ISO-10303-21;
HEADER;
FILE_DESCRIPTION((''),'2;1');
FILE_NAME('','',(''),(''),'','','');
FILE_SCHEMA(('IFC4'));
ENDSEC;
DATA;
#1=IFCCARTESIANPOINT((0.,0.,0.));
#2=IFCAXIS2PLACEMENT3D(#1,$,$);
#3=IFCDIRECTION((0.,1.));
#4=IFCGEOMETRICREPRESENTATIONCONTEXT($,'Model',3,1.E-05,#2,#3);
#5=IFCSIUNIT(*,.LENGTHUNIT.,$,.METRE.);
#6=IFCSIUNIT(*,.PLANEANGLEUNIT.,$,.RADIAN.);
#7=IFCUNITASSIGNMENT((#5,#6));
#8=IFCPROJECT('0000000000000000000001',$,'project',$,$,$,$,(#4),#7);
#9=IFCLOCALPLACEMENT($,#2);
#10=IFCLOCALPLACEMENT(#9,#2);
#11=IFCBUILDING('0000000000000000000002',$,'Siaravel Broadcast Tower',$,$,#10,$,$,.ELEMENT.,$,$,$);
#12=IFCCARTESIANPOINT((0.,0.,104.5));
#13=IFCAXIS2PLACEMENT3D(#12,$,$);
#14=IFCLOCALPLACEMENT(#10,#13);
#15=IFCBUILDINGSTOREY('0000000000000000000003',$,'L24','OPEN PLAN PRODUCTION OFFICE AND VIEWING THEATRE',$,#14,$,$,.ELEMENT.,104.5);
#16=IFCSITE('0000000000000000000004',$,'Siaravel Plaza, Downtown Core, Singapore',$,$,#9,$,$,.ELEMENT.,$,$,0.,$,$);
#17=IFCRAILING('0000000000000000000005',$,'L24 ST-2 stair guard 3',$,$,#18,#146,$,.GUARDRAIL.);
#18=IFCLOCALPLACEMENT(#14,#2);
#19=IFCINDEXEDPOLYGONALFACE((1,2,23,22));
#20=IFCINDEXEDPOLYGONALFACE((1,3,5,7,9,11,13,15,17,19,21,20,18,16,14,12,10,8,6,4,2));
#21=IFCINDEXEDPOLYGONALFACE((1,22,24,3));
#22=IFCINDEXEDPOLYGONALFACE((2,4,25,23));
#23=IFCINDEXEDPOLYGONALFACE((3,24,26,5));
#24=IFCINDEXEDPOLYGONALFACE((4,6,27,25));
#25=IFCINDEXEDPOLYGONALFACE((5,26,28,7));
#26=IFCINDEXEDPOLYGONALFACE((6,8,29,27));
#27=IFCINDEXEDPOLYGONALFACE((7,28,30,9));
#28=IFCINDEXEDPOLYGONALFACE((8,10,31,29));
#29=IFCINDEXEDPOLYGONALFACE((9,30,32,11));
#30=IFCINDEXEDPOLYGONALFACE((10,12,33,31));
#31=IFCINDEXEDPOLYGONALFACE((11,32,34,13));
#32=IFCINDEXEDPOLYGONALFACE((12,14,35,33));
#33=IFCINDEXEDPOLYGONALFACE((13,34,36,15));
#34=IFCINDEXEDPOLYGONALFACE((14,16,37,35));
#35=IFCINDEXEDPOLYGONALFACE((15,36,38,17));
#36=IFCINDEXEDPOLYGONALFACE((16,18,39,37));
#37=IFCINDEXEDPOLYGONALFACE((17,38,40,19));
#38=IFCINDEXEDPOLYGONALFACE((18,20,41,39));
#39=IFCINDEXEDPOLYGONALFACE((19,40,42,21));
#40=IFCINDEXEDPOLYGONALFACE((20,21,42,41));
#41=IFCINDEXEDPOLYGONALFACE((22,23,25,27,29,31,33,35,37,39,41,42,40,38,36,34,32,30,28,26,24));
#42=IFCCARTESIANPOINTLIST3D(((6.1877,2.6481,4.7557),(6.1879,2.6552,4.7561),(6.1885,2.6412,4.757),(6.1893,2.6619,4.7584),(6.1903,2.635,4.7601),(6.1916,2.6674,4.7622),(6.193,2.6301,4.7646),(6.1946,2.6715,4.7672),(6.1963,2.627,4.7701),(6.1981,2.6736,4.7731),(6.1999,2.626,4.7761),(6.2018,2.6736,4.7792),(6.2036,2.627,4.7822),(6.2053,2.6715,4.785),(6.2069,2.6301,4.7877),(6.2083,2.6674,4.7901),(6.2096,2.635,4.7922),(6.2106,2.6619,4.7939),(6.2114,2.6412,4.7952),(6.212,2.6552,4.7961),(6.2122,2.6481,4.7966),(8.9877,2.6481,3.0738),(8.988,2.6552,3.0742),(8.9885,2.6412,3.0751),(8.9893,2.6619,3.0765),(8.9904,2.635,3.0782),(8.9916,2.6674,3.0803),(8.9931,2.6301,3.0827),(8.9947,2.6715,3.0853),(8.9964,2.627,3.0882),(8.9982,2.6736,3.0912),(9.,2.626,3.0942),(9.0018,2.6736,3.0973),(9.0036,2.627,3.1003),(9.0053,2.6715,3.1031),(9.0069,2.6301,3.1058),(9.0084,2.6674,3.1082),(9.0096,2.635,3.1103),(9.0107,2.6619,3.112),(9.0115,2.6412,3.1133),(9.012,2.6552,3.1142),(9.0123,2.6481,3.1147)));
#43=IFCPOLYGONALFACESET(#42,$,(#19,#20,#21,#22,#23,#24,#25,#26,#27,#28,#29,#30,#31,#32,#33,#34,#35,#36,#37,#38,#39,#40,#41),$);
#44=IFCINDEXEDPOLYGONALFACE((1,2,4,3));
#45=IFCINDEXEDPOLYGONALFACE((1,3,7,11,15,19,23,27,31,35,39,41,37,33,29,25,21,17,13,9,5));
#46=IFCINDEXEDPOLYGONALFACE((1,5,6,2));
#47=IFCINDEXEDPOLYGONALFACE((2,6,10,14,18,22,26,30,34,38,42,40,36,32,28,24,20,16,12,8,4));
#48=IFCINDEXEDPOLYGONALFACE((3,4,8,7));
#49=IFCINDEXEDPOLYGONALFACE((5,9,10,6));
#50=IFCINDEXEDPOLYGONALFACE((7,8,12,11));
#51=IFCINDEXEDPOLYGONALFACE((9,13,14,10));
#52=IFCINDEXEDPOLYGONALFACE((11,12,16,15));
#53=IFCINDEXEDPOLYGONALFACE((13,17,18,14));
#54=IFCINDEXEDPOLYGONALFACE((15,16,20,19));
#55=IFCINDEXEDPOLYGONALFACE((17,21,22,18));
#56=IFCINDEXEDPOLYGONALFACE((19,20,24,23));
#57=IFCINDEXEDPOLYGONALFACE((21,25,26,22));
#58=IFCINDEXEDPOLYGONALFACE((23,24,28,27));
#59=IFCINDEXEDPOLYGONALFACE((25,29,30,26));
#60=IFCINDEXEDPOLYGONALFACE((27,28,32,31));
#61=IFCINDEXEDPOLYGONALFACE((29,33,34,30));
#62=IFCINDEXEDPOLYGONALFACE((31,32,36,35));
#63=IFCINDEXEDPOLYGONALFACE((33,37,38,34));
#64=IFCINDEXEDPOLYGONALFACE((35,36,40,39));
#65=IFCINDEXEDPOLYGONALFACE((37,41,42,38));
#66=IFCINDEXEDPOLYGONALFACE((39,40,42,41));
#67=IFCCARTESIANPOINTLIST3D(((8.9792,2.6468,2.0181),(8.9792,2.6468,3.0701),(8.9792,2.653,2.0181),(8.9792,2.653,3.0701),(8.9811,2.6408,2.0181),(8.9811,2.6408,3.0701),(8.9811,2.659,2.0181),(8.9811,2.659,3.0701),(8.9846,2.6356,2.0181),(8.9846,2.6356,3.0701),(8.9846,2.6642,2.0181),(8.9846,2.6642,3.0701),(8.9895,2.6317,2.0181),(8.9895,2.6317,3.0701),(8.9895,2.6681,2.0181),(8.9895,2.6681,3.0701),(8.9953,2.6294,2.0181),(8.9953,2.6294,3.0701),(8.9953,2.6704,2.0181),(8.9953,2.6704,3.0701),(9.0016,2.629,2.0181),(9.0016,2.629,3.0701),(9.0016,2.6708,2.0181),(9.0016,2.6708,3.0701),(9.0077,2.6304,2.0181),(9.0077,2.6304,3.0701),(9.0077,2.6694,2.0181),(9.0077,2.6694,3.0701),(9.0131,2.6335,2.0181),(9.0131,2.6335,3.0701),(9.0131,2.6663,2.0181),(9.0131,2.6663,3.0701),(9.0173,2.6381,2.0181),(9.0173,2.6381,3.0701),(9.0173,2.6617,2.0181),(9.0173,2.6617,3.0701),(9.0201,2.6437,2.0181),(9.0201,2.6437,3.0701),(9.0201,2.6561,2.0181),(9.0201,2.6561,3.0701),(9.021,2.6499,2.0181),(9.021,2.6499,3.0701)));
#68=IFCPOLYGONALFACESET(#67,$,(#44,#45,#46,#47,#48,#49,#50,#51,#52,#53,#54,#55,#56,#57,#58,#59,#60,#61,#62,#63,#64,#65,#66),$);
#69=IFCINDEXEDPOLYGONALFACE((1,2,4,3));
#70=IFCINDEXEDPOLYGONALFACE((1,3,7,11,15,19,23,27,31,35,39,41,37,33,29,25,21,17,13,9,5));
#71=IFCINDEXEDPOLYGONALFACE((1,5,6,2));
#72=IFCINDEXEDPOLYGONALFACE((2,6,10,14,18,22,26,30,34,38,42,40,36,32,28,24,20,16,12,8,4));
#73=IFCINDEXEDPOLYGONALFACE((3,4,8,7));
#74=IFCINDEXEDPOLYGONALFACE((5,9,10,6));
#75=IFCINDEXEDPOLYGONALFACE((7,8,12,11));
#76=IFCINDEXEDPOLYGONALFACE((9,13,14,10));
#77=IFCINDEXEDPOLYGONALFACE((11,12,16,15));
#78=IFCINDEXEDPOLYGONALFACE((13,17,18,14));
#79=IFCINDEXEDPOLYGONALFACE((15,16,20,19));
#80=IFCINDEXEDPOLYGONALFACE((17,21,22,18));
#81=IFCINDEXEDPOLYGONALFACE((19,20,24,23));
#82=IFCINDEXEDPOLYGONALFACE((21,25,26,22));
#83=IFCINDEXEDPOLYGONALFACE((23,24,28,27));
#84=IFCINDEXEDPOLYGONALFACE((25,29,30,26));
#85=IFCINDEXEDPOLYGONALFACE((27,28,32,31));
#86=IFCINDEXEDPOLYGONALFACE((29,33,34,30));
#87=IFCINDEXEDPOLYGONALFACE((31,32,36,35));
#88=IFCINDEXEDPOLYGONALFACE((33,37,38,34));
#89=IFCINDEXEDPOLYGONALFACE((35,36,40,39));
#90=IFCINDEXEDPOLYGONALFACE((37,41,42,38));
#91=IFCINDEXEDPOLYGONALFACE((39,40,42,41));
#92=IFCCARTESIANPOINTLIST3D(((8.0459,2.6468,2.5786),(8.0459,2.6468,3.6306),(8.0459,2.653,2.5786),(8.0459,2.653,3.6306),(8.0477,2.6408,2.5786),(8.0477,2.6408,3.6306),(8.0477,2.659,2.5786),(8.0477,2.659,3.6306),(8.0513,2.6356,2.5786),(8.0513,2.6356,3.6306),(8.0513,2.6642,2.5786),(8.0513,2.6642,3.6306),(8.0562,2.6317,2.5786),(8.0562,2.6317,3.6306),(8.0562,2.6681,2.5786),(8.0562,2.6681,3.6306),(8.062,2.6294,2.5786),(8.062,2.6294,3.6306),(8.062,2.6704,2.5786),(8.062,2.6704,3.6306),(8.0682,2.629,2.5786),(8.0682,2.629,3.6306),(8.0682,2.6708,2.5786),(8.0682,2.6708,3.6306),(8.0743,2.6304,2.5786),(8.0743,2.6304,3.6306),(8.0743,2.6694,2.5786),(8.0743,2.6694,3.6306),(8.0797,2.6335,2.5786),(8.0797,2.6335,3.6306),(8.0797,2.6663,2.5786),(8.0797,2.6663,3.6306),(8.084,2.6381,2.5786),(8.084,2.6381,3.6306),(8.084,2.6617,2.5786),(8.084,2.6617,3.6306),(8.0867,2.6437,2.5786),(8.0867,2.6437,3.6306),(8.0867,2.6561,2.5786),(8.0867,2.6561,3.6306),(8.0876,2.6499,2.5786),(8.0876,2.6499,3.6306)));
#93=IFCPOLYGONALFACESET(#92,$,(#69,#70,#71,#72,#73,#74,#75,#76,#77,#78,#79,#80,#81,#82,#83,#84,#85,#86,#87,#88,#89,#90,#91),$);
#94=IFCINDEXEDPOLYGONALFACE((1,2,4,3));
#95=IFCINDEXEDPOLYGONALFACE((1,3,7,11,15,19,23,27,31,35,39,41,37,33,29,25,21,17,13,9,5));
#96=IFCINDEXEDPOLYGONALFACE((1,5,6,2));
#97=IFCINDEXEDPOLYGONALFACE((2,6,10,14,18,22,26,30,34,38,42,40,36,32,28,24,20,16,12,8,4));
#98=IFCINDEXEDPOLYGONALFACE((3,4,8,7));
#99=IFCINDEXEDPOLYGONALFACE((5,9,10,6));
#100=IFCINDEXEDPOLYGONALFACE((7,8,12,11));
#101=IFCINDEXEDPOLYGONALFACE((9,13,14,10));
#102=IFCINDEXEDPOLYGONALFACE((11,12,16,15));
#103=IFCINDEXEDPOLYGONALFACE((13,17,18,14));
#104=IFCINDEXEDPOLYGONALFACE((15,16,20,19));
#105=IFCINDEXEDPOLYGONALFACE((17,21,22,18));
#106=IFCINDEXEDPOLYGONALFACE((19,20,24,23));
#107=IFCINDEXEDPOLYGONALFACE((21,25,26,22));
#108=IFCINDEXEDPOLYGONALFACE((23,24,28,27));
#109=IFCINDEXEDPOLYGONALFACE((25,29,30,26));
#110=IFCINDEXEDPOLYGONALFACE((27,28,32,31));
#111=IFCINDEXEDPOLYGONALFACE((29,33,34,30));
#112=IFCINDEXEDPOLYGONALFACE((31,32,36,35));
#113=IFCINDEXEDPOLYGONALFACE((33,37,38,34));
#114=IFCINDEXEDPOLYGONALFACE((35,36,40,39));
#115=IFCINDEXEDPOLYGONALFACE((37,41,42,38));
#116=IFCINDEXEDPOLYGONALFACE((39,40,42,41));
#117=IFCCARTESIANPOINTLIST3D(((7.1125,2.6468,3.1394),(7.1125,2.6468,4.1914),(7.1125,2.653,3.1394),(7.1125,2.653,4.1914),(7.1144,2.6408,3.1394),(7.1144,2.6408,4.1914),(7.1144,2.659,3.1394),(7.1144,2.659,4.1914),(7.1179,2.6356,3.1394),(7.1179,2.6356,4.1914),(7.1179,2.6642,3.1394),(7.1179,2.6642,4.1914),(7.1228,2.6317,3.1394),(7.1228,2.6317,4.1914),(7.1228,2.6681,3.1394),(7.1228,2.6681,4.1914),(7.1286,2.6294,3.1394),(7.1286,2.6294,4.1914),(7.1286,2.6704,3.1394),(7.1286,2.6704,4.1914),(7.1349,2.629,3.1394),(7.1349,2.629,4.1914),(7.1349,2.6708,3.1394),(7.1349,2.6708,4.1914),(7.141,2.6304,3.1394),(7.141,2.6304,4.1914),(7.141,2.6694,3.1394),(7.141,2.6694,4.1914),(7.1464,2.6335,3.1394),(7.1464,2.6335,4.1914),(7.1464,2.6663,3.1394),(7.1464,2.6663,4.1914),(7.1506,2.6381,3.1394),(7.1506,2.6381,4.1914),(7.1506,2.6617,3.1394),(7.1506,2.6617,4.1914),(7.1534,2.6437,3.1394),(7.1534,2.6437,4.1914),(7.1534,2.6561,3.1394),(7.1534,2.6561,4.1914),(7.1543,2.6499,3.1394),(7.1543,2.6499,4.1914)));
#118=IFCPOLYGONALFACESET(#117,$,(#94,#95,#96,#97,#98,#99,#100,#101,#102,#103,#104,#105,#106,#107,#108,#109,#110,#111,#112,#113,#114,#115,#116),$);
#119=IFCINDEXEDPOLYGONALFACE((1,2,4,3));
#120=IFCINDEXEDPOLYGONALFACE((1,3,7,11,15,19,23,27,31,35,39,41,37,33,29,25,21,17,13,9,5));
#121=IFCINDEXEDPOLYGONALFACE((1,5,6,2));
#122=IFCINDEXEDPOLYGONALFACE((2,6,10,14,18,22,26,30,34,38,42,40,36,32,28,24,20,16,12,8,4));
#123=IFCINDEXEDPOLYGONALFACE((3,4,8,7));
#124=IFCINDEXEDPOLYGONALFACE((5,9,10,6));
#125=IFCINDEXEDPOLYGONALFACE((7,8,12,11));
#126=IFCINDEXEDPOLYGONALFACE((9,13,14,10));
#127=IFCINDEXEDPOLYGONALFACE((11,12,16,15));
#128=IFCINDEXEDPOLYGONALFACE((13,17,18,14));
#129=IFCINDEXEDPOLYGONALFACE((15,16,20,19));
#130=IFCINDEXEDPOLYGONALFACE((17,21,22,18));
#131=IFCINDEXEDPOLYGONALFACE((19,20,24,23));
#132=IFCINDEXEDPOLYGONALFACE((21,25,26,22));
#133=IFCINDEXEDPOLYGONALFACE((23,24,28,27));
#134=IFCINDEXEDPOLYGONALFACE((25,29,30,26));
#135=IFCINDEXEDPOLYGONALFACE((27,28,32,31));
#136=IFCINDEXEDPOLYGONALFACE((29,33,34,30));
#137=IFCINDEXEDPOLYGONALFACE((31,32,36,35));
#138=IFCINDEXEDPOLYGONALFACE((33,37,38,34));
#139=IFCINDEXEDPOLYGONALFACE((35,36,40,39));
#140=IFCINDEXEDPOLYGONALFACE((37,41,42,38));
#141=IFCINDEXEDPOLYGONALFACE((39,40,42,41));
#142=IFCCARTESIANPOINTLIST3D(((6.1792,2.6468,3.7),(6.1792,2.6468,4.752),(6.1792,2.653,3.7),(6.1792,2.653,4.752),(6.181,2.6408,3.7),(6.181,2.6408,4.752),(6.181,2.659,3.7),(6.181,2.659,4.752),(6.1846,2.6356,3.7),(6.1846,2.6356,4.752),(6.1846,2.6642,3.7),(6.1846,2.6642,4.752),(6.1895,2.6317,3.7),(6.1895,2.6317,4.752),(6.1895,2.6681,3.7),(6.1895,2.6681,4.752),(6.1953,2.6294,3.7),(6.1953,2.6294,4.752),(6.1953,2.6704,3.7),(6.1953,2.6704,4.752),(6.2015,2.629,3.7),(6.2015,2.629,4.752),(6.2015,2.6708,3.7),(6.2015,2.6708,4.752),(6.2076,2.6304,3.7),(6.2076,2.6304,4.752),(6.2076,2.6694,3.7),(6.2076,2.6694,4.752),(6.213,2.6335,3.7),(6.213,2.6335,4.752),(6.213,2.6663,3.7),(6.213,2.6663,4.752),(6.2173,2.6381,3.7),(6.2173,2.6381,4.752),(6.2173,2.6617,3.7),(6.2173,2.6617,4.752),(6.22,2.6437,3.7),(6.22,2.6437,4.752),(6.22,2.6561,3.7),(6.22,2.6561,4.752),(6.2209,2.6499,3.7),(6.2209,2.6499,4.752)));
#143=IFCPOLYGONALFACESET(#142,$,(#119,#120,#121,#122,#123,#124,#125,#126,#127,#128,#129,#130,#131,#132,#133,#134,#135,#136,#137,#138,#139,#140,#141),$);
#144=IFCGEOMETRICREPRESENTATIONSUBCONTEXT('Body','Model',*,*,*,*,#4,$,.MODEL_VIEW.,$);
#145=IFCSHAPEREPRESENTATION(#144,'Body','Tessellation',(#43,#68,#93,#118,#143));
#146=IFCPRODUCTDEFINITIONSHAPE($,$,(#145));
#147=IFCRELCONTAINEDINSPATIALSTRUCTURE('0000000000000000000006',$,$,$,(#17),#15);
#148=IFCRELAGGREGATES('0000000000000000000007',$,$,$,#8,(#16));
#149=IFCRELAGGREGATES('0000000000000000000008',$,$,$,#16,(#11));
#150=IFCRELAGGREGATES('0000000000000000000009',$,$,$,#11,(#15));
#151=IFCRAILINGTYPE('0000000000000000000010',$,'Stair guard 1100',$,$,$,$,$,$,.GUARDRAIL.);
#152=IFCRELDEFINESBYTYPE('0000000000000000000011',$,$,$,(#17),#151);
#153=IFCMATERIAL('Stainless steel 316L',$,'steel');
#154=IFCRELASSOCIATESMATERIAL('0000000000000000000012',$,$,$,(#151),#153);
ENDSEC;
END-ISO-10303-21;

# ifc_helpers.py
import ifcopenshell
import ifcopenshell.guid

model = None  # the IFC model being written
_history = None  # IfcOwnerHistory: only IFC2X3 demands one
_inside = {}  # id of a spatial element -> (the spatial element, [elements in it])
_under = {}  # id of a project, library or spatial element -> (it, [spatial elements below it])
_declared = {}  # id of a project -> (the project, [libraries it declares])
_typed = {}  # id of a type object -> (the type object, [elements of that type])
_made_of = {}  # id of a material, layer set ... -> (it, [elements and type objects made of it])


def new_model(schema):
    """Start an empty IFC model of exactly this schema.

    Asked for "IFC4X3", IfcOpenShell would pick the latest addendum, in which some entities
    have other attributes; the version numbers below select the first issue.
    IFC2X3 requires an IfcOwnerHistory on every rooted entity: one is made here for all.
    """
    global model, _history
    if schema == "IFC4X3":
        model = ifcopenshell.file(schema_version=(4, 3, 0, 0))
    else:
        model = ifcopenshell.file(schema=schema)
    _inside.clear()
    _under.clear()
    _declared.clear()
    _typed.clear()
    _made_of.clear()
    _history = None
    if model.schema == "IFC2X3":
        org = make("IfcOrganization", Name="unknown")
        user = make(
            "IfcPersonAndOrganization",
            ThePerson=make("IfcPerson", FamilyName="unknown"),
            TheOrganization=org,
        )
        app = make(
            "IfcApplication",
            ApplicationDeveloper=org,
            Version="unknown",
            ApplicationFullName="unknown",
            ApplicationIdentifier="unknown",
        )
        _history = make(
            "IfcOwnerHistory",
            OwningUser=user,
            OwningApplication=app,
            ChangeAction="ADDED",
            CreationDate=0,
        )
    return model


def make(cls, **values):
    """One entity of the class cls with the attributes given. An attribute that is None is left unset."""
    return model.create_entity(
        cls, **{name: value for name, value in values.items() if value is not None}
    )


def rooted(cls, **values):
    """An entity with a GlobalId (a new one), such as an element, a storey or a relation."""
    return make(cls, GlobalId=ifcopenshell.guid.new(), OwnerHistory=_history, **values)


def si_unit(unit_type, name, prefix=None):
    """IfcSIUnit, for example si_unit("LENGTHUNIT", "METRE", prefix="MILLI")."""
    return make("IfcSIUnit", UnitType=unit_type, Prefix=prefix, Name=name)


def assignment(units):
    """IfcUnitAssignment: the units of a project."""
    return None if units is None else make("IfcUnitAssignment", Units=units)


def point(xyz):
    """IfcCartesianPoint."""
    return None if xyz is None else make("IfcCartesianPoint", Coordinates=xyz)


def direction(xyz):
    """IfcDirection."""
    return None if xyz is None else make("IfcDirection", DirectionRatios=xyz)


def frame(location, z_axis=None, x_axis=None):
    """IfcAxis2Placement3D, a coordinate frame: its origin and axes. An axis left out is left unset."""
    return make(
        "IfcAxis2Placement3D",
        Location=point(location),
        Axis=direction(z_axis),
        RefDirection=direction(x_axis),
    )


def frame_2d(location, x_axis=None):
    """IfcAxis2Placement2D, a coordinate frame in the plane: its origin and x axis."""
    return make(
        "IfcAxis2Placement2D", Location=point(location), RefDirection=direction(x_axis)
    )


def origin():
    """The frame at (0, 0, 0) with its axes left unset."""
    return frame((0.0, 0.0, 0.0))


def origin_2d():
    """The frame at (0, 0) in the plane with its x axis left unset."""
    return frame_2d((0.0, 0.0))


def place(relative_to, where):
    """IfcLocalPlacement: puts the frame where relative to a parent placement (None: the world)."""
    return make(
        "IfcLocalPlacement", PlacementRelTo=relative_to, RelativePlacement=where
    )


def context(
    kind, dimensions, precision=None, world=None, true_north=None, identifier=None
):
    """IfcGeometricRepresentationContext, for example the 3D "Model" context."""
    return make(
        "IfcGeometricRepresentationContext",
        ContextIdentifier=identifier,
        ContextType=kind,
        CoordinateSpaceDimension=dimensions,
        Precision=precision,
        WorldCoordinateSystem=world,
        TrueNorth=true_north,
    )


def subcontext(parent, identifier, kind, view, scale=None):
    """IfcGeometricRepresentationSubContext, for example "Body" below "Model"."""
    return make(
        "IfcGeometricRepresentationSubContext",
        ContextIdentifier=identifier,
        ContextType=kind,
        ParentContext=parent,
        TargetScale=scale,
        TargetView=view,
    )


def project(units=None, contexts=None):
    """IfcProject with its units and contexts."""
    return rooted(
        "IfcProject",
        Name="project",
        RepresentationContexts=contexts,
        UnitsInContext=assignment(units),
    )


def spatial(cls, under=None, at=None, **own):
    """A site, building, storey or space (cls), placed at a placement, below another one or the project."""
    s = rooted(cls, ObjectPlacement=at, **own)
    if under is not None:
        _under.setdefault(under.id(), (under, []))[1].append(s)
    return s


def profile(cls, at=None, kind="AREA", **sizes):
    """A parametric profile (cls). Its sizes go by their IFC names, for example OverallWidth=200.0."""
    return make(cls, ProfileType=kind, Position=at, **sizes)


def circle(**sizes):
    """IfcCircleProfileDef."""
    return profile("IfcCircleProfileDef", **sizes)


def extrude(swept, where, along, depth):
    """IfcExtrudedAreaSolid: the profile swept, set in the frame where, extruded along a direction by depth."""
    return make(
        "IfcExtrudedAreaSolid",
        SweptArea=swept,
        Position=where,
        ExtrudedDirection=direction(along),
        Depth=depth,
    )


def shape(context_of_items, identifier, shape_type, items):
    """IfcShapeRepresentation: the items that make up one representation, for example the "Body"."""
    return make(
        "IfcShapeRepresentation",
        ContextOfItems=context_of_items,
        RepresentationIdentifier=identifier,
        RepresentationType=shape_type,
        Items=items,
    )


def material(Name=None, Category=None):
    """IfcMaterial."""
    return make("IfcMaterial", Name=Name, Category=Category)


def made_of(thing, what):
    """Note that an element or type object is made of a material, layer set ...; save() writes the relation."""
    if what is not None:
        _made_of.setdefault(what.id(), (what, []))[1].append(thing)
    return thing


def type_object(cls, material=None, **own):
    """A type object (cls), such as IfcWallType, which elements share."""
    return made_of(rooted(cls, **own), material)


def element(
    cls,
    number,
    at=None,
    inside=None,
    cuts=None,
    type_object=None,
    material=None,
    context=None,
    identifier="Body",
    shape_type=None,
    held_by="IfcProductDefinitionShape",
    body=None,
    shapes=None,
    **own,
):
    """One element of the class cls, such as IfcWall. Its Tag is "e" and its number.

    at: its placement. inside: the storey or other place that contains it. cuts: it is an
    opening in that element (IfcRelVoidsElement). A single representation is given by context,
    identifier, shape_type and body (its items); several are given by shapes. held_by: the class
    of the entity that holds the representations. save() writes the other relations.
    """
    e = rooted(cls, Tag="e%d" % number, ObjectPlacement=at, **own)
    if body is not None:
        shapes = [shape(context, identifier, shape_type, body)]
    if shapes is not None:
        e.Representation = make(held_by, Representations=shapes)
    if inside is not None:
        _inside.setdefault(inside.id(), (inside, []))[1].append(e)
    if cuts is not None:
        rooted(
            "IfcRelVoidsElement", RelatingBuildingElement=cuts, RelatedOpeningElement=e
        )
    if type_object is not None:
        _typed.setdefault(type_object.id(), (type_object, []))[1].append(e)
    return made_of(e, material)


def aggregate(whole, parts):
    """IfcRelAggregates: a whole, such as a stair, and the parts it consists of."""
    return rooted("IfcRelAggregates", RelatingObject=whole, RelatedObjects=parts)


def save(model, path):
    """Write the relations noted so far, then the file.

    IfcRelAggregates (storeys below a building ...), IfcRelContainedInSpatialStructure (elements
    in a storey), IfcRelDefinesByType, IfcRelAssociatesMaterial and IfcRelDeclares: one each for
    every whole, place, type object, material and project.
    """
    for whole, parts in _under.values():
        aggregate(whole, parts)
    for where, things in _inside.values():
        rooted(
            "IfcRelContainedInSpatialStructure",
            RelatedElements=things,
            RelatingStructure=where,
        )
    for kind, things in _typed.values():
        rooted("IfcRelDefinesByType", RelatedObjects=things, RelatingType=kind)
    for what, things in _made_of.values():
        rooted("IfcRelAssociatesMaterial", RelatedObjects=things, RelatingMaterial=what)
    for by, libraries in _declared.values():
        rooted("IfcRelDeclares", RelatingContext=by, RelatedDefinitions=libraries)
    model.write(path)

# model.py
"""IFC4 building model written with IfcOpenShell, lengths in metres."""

from ifc_helpers import new_model, si_unit, direction, frame, origin, origin_2d, place, context, subcontext, project, spatial, circle, extrude, material, type_object, element, save


model = new_model("IFC4")

# Units and contexts
model_context = context("Model", 3, precision=1e-05, world=origin(), true_north=direction((0.0, 1.0)))
body_context = subcontext(model_context, "Body", "Model", "MODEL_VIEW")
ifc_project = project(units=[si_unit("LENGTHUNIT", "METRE"), si_unit("PLANEANGLEUNIT", "RADIAN")], contexts=[model_context])

# Site, building, storey
site_placement = place(None, origin())
site = spatial("IfcSite", under=ifc_project, at=site_placement, Name="Siaravel Plaza, Downtown Core, Singapore", CompositionType="ELEMENT", RefElevation=0.0)
building_placement = place(site_placement, origin())
building = spatial("IfcBuilding", under=site, at=building_placement, Name="Siaravel Broadcast Tower", CompositionType="ELEMENT")
storey_placement = place(building_placement, frame((0.0, 0.0, 104.5)))
storey = spatial("IfcBuildingStorey", under=building, at=storey_placement, Name="L24", Description="OPEN PLAN PRODUCTION OFFICE AND VIEWING THEATRE", CompositionType="ELEMENT", Elevation=104.5)

# Railing
ifc_material_1 = material(Name="Stainless steel 316L", Category="steel")
railing_type_1 = type_object("IfcRailingType", Name="Stair guard 1100", PredefinedType="GUARDRAIL", material=ifc_material_1)
railing_1_placement = place(storey_placement, frame((9.0, 2.6499, 2.0181)))
element("IfcRailing", 1, at=railing_1_placement, inside=storey, type_object=railing_type_1, Name="L24 ST-2 stair guard 3", PredefinedType="GUARDRAIL", context=body_context, shape_type="SweptSolid", body=[
    extrude(circle(Radius=0.0239, at=origin_2d()), frame((0.0, 0.0, 1.0762), z_axis=(-0.857242, 0.0, 0.514913), x_axis=(0.0, -1.0, 0.0)), (0.0, 0.0, 1.0), 3.2664),
    extrude(circle(Radius=0.021, at=origin_2d()), origin(), (0.0, 0.0, 1.0), 1.052),
    extrude(circle(Radius=0.021, at=origin_2d()), frame((-0.9333, 0.0, 0.5605)), (0.0, 0.0, 1.0), 1.052),
    extrude(circle(Radius=0.021, at=origin_2d()), frame((-1.8667, 0.0, 1.1213)), (0.0, 0.0, 1.0), 1.052),
    extrude(circle(Radius=0.021, at=origin_2d()), frame((-2.8, 0.0, 1.6819)), (0.0, 0.0, 1.0), 1.052),
])

save(model, "model.ifc")
